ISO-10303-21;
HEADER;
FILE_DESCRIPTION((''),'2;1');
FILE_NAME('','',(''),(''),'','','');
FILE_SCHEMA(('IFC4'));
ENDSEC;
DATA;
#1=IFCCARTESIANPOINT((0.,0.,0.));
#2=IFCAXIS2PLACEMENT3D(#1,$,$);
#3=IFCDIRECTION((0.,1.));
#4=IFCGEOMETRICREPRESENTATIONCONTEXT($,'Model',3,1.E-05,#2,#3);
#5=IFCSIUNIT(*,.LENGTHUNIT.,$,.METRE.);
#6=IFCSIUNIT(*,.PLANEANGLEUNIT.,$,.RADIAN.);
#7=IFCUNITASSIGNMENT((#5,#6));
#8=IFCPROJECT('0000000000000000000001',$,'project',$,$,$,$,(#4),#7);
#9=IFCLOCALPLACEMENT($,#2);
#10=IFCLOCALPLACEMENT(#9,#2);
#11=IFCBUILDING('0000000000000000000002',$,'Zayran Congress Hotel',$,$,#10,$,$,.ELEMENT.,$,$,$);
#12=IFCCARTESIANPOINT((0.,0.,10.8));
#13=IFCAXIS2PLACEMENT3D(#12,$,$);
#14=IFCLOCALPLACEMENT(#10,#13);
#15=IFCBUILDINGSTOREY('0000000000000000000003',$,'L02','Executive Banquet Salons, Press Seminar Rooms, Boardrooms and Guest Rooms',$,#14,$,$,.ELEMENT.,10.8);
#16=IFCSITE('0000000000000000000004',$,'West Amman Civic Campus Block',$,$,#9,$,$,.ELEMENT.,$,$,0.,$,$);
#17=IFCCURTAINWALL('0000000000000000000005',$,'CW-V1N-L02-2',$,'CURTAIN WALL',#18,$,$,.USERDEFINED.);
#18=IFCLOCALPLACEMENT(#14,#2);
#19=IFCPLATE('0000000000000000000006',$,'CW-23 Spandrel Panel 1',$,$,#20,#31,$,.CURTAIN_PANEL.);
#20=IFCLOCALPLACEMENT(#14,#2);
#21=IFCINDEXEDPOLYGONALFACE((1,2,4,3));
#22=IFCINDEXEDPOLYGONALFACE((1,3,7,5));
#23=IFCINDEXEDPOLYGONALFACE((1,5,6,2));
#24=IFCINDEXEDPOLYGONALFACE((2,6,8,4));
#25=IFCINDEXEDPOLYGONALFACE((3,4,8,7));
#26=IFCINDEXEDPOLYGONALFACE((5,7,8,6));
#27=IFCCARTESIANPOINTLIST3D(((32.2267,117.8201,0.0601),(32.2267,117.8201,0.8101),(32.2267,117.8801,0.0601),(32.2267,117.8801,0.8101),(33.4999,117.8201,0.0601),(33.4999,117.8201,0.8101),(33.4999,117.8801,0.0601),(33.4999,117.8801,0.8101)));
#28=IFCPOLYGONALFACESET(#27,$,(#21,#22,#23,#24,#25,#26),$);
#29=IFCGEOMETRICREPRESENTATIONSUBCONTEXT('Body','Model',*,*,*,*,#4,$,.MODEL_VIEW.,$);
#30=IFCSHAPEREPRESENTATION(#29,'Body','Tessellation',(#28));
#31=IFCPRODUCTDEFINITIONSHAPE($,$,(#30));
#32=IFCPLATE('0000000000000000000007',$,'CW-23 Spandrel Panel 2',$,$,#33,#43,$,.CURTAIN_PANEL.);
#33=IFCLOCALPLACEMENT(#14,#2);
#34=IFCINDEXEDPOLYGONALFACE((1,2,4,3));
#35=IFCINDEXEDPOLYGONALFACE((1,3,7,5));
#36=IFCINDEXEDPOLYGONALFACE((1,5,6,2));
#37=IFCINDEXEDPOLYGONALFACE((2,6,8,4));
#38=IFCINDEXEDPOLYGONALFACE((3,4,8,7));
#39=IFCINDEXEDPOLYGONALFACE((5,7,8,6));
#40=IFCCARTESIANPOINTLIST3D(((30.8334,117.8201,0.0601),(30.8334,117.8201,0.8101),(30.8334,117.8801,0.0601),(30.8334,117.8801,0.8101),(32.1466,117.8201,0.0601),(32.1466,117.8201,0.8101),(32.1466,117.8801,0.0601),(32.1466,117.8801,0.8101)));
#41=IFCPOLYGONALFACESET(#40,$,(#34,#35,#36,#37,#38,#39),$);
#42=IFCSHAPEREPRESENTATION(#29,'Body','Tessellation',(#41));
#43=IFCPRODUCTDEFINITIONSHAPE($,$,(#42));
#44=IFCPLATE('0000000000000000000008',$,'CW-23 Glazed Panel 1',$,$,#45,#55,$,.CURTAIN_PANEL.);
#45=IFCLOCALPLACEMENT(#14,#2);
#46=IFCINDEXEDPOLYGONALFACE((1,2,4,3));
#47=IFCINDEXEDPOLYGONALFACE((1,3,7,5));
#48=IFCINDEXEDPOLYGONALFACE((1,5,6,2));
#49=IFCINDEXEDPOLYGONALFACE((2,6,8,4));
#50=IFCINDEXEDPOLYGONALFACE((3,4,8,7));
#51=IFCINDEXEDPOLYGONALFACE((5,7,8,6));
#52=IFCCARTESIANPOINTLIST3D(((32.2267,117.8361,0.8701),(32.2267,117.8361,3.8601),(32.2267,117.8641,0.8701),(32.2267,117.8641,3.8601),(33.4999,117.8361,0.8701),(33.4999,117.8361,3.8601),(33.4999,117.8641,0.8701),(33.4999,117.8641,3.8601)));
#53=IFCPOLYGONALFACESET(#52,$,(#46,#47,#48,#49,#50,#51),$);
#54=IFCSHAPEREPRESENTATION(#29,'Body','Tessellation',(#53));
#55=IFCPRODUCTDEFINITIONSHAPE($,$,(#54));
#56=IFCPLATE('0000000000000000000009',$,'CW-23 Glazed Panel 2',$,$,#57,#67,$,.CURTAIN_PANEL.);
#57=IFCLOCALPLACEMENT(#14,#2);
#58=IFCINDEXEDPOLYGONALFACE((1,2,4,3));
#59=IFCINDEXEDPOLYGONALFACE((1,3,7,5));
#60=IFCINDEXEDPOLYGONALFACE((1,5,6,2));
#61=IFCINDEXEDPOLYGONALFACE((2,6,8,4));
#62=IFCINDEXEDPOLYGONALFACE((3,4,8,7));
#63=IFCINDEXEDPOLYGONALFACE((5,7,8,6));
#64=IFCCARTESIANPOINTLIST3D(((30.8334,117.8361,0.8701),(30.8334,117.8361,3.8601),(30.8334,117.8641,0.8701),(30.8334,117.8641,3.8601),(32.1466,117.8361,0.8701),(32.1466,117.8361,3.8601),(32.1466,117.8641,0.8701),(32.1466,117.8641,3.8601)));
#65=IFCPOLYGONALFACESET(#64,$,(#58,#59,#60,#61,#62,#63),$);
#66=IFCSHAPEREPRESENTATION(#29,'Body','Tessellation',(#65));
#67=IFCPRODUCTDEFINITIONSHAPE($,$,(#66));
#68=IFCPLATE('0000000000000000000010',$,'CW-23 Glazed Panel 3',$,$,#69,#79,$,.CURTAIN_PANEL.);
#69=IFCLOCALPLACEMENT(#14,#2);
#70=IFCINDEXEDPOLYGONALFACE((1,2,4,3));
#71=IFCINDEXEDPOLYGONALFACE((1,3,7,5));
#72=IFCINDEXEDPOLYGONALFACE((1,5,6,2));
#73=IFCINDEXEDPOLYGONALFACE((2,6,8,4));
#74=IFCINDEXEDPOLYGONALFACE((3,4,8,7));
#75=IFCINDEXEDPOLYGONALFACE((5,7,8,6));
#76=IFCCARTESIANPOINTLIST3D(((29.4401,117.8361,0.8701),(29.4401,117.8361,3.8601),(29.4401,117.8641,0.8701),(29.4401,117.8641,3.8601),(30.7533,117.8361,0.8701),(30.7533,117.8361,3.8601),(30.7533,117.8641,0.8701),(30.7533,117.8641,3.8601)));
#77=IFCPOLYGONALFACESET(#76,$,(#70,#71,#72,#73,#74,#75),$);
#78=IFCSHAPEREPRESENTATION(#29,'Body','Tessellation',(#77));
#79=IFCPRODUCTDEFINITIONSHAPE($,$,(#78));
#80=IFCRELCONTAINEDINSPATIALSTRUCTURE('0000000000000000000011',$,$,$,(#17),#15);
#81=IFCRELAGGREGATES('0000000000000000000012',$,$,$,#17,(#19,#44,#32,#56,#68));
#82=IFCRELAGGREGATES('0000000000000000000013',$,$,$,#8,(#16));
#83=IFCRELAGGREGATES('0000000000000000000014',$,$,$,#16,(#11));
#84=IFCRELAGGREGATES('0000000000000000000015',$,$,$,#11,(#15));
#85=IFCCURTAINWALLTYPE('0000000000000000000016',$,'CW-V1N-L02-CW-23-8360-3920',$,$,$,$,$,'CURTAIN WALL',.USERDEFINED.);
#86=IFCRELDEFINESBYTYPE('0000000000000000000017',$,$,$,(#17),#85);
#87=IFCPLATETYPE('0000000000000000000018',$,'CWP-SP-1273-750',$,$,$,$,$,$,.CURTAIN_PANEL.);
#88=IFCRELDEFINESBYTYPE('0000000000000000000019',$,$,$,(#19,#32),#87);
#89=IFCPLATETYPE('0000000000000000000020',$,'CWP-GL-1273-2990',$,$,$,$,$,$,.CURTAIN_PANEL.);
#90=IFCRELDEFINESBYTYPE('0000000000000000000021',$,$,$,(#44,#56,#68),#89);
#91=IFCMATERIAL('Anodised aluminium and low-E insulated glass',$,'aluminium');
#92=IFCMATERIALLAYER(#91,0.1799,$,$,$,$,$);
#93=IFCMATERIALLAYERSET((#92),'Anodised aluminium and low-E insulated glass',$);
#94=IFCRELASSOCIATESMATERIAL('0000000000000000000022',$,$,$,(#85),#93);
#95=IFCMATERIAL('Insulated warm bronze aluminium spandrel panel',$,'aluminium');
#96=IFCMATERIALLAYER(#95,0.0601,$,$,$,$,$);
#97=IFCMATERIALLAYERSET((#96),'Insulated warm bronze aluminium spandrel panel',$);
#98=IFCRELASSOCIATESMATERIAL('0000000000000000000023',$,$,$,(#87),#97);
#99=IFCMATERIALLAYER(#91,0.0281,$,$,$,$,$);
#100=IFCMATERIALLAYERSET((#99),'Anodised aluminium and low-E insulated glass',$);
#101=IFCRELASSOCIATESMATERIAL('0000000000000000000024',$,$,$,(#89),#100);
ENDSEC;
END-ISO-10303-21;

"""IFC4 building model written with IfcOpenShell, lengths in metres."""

from ifc_helpers import new_model, si_unit, direction, frame, origin, origin_2d, place, context, subcontext, project, spatial, rectangle, extrude, material, layer, layer_set, type_object, element, aggregate, save


model = new_model("IFC4")

# Units and contexts
model_context = context("Model", 3, precision=1e-05, world=origin(), true_north=direction((0.0, 1.0)))
body_context = subcontext(model_context, "Body", "Model", "MODEL_VIEW")
ifc_project = project(units=[si_unit("LENGTHUNIT", "METRE"), si_unit("PLANEANGLEUNIT", "RADIAN")], contexts=[model_context])

# Site, building, storey
site_placement = place(None, origin())
site = spatial("IfcSite", under=ifc_project, at=site_placement, Name="West Amman Civic Campus Block", CompositionType="ELEMENT", RefElevation=0.0)
building_placement = place(site_placement, origin())
building = spatial("IfcBuilding", under=site, at=building_placement, Name="Zayran Congress Hotel", CompositionType="ELEMENT")
storey_placement = place(building_placement, frame((0.0, 0.0, 10.8)))
storey = spatial("IfcBuildingStorey", under=building, at=storey_placement, Name="L02", Description="Executive Banquet Salons, Press Seminar Rooms, Boardrooms and Guest Rooms", CompositionType="ELEMENT", Elevation=10.8)

# Curtain wall, plates
ifc_material_1 = material(Name="Anodised aluminium and low-E insulated glass", Category="aluminium")
ifc_layer_1 = layer(ifc_material_1, 0.1799)
ifc_layer_set_1 = layer_set([ifc_layer_1], Name="Anodised aluminium and low-E insulated glass")
curtain_wall_type = type_object("IfcCurtainWallType", Name="CW-V1N-L02-CW-23-8360-3920", ElementType="CURTAIN WALL", PredefinedType="USERDEFINED", material=ifc_layer_set_1)
curtain_wall_placement = place(storey_placement, origin())
curtain_wall = element("IfcCurtainWall", 1, at=curtain_wall_placement, inside=storey, type_object=curtain_wall_type, Name="CW-V1N-L02-2", ObjectType="CURTAIN WALL", PredefinedType="USERDEFINED")
ifc_material_2 = material(Name="Insulated warm bronze aluminium spandrel panel", Category="aluminium")
ifc_layer_2 = layer(ifc_material_2, 0.0601)
ifc_layer_set_2 = layer_set([ifc_layer_2], Name="Insulated warm bronze aluminium spandrel panel")
plate_type_1 = type_object("IfcPlateType", Name="CWP-SP-1273-750", PredefinedType="CURTAIN_PANEL", material=ifc_layer_set_2)
plate_1_placement = place(storey_placement, frame((32.8633, 117.8501, 0.0601), z_axis=(0.0, 0.0, 1.0), x_axis=(1.0, 0.0, 0.0)))
plate_1 = element("IfcPlate", 2, at=plate_1_placement, type_object=plate_type_1, Name="CW-23 Spandrel Panel 1", PredefinedType="CURTAIN_PANEL", context=body_context, shape_type="SweptSolid", body=[
    extrude(rectangle(XDim=1.2732, YDim=0.0601, at=origin_2d()), origin(), (0.0, 0.0, 1.0), 0.75),
])
plate_2_placement = place(storey_placement, frame((31.49, 117.8501, 0.0601), z_axis=(0.0, 0.0, 1.0), x_axis=(1.0, 0.0, 0.0)))
plate_2 = element("IfcPlate", 3, at=plate_2_placement, type_object=plate_type_1, Name="CW-23 Spandrel Panel 2", PredefinedType="CURTAIN_PANEL", context=body_context, shape_type="SweptSolid", body=[
    extrude(rectangle(XDim=1.3132, YDim=0.0601, at=origin_2d()), origin(), (0.0, 0.0, 1.0), 0.75),
])
ifc_layer_3 = layer(ifc_material_1, 0.0281)
ifc_layer_set_3 = layer_set([ifc_layer_3], Name="Anodised aluminium and low-E insulated glass")
plate_type_2 = type_object("IfcPlateType", Name="CWP-GL-1273-2990", PredefinedType="CURTAIN_PANEL", material=ifc_layer_set_3)
plate_3_placement = place(storey_placement, frame((32.8633, 117.8501, 0.8701), z_axis=(0.0, 0.0, 1.0), x_axis=(1.0, 0.0, 0.0)))
plate_3 = element("IfcPlate", 4, at=plate_3_placement, type_object=plate_type_2, Name="CW-23 Glazed Panel 1", PredefinedType="CURTAIN_PANEL", context=body_context, shape_type="SweptSolid", body=[
    extrude(rectangle(XDim=1.2732, YDim=0.0281, at=origin_2d()), origin(), (0.0, 0.0, 1.0), 2.99),
])
plate_4_placement = place(storey_placement, frame((31.49, 117.8501, 0.8701), z_axis=(0.0, 0.0, 1.0), x_axis=(1.0, 0.0, 0.0)))
plate_4 = element("IfcPlate", 5, at=plate_4_placement, type_object=plate_type_2, Name="CW-23 Glazed Panel 2", PredefinedType="CURTAIN_PANEL", context=body_context, shape_type="SweptSolid", body=[
    extrude(rectangle(XDim=1.3132, YDim=0.0281, at=origin_2d()), origin(), (0.0, 0.0, 1.0), 2.99),
])
plate_5_placement = place(storey_placement, frame((30.0967, 117.8501, 0.8701), z_axis=(0.0, 0.0, 1.0), x_axis=(1.0, 0.0, 0.0)))
plate_5 = element("IfcPlate", 6, at=plate_5_placement, type_object=plate_type_2, Name="CW-23 Glazed Panel 3", PredefinedType="CURTAIN_PANEL", context=body_context, shape_type="SweptSolid", body=[
    extrude(rectangle(XDim=1.3132, YDim=0.0281, at=origin_2d()), origin(), (0.0, 0.0, 1.0), 2.99),
])
aggregate(curtain_wall, [plate_1, plate_3, plate_2, plate_4, plate_5])

save(model, "model.ifc")
